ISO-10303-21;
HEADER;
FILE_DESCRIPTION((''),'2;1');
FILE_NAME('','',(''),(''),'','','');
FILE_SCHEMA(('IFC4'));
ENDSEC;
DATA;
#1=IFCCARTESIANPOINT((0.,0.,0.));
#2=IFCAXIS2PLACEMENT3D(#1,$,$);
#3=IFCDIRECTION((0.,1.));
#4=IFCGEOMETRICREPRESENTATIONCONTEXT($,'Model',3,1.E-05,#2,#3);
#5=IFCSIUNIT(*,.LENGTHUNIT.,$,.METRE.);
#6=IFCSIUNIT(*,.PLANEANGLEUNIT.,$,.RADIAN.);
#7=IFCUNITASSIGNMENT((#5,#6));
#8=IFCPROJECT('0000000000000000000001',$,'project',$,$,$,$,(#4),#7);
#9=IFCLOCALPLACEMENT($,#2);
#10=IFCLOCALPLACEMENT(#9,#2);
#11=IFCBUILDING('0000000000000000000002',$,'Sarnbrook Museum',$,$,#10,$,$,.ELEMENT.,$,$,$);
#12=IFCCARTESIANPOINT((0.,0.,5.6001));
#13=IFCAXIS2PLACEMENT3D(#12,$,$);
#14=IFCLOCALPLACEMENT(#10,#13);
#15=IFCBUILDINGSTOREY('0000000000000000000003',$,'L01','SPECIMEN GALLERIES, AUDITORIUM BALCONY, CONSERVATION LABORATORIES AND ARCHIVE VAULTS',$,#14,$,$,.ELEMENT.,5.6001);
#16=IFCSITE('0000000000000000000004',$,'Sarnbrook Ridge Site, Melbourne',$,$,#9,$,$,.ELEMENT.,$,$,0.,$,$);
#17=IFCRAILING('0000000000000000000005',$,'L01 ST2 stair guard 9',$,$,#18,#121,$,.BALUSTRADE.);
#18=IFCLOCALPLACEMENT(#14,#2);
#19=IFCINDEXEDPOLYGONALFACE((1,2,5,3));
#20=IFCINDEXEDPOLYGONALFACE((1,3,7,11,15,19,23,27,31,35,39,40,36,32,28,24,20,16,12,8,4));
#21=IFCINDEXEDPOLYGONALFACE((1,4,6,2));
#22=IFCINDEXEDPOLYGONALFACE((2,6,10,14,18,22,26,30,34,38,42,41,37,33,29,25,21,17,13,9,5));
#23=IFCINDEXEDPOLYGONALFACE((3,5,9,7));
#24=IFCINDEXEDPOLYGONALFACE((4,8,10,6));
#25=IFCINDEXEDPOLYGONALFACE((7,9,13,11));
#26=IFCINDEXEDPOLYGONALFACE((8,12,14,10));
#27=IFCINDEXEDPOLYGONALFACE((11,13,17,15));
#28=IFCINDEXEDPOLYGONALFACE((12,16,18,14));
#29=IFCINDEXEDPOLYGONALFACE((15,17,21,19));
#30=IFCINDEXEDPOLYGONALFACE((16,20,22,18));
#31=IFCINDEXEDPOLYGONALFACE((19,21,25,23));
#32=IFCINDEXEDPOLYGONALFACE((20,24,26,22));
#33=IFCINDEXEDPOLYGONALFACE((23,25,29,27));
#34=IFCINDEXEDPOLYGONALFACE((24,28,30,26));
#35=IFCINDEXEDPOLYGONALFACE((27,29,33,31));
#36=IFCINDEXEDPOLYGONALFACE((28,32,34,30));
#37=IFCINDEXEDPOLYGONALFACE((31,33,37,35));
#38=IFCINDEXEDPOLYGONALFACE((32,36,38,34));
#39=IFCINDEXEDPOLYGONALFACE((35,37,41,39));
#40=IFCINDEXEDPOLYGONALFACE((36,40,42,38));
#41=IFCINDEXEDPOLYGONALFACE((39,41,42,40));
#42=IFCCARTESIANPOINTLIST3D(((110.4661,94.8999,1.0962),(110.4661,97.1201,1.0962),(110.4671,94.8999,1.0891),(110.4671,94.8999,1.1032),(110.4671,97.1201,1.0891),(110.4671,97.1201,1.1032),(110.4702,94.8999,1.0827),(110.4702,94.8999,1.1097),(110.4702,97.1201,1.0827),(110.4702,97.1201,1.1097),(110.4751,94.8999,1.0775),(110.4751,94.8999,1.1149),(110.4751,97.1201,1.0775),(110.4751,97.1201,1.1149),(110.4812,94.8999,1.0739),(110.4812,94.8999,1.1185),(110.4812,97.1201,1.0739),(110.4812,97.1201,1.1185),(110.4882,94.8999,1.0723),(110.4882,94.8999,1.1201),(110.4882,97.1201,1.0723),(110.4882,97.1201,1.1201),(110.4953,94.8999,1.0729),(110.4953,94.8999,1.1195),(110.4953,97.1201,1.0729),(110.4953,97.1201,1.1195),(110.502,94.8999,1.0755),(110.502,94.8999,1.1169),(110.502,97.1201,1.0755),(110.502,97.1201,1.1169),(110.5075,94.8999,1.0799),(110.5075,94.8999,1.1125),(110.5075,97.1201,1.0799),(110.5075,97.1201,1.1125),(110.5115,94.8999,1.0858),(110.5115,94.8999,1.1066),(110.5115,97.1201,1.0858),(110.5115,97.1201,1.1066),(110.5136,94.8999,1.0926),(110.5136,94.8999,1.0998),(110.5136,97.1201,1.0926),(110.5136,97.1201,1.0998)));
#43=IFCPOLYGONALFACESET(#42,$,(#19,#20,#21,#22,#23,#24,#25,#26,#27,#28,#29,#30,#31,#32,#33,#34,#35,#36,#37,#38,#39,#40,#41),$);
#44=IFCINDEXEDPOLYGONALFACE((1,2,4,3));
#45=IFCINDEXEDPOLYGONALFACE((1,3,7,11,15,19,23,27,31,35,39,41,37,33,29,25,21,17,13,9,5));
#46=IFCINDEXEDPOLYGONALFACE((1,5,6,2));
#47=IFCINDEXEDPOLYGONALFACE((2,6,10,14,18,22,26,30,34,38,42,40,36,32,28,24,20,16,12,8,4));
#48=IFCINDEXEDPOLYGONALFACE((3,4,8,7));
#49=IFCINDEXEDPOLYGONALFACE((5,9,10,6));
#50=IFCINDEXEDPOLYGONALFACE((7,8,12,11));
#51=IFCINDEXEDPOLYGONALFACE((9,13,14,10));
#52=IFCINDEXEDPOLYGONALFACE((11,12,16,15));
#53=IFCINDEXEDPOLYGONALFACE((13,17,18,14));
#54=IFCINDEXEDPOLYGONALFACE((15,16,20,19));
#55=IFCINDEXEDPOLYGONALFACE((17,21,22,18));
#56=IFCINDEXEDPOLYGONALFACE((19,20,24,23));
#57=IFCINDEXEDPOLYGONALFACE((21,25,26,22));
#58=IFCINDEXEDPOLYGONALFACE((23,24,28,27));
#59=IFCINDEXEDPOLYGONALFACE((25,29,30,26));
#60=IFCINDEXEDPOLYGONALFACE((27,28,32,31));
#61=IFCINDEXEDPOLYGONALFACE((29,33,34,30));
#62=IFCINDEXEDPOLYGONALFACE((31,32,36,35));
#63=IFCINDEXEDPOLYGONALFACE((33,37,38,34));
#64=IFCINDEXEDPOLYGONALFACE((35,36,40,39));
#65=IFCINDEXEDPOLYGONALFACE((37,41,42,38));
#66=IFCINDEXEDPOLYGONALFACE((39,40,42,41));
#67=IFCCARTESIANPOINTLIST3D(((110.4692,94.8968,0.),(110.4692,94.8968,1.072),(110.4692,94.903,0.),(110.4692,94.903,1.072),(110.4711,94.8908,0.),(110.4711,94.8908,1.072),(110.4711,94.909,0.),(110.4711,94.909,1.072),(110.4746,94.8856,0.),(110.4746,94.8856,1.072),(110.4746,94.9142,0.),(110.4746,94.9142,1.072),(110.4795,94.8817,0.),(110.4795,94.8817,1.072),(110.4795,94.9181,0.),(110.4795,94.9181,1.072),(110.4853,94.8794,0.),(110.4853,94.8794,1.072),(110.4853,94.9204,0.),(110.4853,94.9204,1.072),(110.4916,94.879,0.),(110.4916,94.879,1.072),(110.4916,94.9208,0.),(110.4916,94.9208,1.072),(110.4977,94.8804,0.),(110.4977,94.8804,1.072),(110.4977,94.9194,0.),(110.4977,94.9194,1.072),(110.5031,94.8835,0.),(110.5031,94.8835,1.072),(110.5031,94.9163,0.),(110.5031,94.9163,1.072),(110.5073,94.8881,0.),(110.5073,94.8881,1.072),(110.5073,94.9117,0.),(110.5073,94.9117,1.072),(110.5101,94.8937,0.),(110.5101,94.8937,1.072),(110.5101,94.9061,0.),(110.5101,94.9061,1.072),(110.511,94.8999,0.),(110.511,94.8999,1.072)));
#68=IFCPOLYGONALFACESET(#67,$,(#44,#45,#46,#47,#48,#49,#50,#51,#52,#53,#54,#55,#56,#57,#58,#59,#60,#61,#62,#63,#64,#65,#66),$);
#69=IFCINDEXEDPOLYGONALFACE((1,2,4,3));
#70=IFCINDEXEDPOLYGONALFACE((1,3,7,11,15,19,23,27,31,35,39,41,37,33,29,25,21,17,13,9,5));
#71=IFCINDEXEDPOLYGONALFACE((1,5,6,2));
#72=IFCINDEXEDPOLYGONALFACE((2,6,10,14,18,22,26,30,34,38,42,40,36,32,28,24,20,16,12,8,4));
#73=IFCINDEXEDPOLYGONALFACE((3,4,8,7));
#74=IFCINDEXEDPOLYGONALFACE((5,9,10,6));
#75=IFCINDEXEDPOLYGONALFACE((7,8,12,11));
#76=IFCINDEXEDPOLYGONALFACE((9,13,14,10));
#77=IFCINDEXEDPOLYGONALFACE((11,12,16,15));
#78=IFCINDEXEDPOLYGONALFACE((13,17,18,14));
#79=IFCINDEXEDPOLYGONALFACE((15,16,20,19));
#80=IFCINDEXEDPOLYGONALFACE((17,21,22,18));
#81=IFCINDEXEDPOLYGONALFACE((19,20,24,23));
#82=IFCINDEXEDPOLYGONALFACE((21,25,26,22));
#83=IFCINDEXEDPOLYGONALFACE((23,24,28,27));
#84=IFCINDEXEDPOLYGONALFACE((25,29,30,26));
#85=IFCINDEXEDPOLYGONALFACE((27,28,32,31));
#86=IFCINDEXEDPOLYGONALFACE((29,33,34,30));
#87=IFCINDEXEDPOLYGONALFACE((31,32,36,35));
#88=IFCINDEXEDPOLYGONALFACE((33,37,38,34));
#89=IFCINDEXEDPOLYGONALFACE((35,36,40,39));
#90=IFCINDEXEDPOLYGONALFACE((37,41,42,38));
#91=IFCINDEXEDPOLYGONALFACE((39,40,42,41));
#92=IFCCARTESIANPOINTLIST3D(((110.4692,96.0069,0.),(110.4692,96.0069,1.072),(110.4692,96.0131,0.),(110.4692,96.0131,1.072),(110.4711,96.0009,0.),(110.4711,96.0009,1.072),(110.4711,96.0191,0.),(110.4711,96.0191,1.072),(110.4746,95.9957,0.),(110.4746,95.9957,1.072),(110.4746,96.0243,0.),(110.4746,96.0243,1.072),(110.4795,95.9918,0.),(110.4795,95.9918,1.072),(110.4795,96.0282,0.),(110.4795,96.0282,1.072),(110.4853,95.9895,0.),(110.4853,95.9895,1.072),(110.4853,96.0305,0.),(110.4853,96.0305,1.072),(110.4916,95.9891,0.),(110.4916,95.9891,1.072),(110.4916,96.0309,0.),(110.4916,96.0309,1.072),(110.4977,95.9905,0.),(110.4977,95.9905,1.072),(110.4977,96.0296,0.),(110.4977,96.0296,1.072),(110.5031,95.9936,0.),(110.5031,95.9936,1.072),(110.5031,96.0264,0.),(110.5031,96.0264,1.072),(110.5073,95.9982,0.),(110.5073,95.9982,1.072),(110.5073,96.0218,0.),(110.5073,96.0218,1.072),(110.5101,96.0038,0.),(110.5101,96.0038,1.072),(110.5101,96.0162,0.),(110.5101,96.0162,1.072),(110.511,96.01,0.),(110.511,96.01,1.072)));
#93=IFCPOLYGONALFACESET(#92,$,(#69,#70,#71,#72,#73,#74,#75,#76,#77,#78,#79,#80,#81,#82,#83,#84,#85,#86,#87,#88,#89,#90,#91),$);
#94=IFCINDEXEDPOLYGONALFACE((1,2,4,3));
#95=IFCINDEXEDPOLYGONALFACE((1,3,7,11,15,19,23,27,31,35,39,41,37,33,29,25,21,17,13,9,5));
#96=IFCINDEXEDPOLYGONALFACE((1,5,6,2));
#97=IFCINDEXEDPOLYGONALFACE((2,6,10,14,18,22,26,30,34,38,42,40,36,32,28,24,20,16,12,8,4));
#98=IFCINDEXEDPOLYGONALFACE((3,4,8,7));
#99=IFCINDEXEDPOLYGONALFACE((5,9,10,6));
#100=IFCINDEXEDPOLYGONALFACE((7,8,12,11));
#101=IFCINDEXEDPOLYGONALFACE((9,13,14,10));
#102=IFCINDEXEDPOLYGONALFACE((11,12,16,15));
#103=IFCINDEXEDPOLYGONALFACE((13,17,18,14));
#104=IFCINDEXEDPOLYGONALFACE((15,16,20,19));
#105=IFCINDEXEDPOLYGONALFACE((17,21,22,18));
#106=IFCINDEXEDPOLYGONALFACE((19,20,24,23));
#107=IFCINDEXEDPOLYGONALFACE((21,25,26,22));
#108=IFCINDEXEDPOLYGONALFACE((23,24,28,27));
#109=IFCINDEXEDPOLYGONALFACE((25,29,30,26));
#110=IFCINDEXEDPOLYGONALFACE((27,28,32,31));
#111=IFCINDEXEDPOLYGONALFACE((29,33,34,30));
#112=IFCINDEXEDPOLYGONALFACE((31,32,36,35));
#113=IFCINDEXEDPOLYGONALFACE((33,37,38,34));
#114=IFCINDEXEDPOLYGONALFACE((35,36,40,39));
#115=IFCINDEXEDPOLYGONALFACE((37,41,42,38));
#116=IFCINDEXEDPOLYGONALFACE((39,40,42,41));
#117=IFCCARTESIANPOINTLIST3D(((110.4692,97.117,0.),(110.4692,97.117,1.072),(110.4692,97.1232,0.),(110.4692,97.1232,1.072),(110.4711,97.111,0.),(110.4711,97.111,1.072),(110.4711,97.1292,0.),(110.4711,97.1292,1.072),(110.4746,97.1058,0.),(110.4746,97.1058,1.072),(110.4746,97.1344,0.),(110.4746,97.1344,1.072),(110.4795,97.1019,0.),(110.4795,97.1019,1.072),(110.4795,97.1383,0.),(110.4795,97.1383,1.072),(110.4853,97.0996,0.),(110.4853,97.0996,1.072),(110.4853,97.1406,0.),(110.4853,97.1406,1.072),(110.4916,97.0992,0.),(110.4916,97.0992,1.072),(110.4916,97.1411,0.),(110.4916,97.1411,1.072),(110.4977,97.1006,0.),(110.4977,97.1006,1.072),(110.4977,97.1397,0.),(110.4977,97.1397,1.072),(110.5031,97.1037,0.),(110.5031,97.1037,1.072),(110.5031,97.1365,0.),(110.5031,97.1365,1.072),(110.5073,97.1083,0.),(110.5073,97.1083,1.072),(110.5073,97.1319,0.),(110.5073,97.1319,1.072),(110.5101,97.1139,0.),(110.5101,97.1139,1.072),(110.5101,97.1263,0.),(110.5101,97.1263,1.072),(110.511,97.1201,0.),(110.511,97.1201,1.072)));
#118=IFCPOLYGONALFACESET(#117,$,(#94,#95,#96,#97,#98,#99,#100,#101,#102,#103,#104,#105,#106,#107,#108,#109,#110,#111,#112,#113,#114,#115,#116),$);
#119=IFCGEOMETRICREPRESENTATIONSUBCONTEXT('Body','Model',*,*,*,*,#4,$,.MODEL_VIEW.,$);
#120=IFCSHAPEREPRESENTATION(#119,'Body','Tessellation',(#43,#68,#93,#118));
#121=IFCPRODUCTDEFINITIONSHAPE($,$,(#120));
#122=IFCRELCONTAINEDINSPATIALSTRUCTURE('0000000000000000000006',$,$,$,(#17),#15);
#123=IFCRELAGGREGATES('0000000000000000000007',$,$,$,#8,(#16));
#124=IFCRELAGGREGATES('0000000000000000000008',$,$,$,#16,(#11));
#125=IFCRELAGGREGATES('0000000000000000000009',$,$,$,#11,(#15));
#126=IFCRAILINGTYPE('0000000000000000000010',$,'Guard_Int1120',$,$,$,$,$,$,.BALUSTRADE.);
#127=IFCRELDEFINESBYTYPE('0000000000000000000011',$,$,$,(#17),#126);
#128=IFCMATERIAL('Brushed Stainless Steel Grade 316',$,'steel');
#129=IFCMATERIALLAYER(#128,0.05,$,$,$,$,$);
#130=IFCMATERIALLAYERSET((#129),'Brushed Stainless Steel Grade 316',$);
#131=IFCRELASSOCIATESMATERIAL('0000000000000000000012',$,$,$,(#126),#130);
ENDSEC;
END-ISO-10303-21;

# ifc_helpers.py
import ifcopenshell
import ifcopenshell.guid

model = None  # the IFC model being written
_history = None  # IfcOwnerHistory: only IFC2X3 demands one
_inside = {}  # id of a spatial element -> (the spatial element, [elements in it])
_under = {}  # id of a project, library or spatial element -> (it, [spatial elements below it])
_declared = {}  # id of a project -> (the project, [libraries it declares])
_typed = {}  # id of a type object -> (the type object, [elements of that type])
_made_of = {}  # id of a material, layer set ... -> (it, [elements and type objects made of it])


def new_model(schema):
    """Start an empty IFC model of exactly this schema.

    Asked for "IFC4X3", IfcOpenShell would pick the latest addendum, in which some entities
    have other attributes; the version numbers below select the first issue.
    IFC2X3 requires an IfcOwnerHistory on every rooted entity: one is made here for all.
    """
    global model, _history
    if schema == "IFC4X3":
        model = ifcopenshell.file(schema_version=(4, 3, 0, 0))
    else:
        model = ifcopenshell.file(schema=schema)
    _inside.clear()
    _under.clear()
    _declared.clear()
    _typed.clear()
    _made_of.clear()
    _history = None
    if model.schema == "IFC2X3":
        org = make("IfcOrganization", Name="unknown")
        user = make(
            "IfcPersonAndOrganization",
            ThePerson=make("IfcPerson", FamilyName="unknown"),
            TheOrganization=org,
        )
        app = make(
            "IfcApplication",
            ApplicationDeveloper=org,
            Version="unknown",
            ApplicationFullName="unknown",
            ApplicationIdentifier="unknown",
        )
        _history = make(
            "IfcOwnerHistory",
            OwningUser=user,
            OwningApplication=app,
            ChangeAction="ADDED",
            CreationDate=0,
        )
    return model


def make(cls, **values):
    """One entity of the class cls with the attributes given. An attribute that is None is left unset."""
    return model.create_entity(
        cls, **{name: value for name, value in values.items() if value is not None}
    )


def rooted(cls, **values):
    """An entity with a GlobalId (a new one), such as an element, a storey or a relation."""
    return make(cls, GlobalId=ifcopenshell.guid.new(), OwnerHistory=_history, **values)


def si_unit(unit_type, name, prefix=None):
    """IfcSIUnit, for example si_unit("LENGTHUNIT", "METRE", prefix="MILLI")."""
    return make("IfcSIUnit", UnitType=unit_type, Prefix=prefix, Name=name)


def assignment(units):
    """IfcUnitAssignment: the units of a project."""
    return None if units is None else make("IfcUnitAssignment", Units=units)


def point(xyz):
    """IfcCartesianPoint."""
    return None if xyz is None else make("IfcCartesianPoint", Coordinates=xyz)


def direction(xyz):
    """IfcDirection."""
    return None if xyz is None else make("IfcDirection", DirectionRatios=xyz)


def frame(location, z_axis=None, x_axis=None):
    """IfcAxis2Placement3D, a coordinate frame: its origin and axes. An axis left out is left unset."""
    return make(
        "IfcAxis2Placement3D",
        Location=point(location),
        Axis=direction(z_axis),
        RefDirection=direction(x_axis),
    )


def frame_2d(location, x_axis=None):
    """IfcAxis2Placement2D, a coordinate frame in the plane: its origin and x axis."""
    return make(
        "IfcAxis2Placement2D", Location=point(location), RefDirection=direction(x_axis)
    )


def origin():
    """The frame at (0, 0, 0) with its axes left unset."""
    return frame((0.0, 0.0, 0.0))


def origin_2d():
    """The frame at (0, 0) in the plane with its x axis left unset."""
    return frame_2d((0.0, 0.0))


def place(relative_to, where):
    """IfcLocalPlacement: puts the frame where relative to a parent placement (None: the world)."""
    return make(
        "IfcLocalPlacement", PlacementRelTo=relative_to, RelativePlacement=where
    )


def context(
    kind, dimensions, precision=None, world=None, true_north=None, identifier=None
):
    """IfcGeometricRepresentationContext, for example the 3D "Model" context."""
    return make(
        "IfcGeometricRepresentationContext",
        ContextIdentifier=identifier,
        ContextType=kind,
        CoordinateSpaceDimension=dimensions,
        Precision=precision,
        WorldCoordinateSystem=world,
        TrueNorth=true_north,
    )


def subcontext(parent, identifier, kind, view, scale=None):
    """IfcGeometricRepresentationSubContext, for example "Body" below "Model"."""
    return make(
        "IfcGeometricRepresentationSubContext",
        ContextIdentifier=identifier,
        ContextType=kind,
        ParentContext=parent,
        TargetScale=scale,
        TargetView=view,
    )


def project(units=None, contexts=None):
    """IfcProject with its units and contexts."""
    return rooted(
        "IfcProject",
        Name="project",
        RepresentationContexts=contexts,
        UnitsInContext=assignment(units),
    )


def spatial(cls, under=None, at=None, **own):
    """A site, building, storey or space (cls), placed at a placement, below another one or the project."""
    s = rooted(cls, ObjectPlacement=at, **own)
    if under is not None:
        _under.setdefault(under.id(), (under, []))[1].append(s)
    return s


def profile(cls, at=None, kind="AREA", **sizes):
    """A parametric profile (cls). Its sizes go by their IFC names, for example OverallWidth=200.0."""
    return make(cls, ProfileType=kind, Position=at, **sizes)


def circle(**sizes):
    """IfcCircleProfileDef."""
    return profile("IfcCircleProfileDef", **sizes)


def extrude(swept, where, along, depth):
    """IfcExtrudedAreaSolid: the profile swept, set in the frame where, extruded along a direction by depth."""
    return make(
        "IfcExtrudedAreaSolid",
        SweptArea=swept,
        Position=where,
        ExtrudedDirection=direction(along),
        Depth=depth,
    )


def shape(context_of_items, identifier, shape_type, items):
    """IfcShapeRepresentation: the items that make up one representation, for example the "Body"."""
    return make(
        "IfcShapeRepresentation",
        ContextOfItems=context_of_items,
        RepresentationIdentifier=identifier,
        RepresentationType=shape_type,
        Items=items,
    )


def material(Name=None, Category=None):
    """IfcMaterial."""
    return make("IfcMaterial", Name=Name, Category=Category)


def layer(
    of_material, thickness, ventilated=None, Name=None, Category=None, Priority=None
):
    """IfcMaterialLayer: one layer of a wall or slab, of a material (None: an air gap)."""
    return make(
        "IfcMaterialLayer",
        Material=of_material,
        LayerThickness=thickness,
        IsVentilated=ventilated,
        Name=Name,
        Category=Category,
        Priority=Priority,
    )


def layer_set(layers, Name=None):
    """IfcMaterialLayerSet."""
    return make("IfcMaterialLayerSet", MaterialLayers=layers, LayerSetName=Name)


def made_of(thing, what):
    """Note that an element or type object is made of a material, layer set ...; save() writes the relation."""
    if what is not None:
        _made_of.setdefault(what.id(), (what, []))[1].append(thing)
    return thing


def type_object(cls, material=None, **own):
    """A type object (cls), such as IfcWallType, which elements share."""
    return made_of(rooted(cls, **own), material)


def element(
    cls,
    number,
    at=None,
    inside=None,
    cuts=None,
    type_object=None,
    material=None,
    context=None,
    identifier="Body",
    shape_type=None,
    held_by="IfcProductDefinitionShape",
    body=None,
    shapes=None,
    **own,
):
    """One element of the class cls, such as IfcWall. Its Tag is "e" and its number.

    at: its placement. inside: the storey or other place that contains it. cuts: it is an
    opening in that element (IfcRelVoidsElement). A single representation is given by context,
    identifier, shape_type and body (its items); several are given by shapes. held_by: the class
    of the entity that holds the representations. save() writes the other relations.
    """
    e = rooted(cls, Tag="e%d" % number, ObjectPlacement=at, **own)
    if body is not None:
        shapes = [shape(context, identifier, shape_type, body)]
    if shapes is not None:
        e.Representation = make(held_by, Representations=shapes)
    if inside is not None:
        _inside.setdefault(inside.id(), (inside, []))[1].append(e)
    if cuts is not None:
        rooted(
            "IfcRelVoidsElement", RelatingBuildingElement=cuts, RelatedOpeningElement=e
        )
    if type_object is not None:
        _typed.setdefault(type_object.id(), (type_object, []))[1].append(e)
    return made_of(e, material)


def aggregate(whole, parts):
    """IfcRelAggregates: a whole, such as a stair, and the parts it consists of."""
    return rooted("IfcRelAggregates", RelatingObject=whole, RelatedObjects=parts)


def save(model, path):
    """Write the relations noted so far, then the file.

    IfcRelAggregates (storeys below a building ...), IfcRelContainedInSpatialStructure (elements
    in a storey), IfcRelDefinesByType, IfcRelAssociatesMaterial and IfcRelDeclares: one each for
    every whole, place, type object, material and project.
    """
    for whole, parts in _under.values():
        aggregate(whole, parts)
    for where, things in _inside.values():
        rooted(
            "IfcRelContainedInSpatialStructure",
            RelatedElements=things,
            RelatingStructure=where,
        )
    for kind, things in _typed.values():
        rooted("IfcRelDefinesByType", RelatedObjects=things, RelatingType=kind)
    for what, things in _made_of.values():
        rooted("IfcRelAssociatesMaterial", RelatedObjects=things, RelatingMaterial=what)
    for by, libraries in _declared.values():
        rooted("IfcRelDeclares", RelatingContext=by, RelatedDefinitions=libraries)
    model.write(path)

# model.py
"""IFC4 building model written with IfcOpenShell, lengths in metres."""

from ifc_helpers import new_model, si_unit, direction, frame, origin, origin_2d, place, context, subcontext, project, spatial, circle, extrude, material, layer, layer_set, type_object, element, save


model = new_model("IFC4")

# Units and contexts
model_context = context("Model", 3, precision=1e-05, world=origin(), true_north=direction((0.0, 1.0)))
body_context = subcontext(model_context, "Body", "Model", "MODEL_VIEW")
ifc_project = project(units=[si_unit("LENGTHUNIT", "METRE"), si_unit("PLANEANGLEUNIT", "RADIAN")], contexts=[model_context])

# Site, building, storey
site_placement = place(None, origin())
site = spatial("IfcSite", under=ifc_project, at=site_placement, Name="Sarnbrook Ridge Site, Melbourne", CompositionType="ELEMENT", RefElevation=0.0)
building_placement = place(site_placement, origin())
building = spatial("IfcBuilding", under=site, at=building_placement, Name="Sarnbrook Museum", CompositionType="ELEMENT")
storey_placement = place(building_placement, frame((0.0, 0.0, 5.6001)))
storey = spatial("IfcBuildingStorey", under=building, at=storey_placement, Name="L01", Description="SPECIMEN GALLERIES, AUDITORIUM BALCONY, CONSERVATION LABORATORIES AND ARCHIVE VAULTS", CompositionType="ELEMENT", Elevation=5.6001)

# Railing
ifc_material_1 = material(Name="Brushed Stainless Steel Grade 316", Category="steel")
ifc_layer_1 = layer(ifc_material_1, 0.05)
ifc_layer_set_1 = layer_set([ifc_layer_1], Name="Brushed Stainless Steel Grade 316")
railing_type = type_object("IfcRailingType", Name="Guard_Int1120", PredefinedType="BALUSTRADE", material=ifc_layer_set_1)
for number, where, name in (
    (1, (110.49, 94.8999, 0.0), "L01 ST2 stair guard 9"),
):
    element("IfcRailing", number, at=place(storey_placement, frame(where)), inside=storey, type_object=railing_type, Name=name, PredefinedType="BALUSTRADE", context=body_context, shape_type="SweptSolid", body=[
        extrude(circle(Radius=0.0239, at=origin_2d()), frame((0.0, 0.0, 1.0962), z_axis=(0.0, 1.0, 0.0), x_axis=(-1.0, 0.0, 0.0)), (0.0, 0.0, 1.0), 2.2202),
        extrude(circle(Radius=0.021, at=origin_2d()), origin(), (0.0, 0.0, 1.0), 1.072),
        extrude(circle(Radius=0.021, at=origin_2d()), frame((0.0, 1.1101, 0.0)), (0.0, 0.0, 1.0), 1.072),
        extrude(circle(Radius=0.021, at=origin_2d()), frame((0.0, 2.2202, 0.0)), (0.0, 0.0, 1.0), 1.072),
    ])

save(model, "model.ifc")
